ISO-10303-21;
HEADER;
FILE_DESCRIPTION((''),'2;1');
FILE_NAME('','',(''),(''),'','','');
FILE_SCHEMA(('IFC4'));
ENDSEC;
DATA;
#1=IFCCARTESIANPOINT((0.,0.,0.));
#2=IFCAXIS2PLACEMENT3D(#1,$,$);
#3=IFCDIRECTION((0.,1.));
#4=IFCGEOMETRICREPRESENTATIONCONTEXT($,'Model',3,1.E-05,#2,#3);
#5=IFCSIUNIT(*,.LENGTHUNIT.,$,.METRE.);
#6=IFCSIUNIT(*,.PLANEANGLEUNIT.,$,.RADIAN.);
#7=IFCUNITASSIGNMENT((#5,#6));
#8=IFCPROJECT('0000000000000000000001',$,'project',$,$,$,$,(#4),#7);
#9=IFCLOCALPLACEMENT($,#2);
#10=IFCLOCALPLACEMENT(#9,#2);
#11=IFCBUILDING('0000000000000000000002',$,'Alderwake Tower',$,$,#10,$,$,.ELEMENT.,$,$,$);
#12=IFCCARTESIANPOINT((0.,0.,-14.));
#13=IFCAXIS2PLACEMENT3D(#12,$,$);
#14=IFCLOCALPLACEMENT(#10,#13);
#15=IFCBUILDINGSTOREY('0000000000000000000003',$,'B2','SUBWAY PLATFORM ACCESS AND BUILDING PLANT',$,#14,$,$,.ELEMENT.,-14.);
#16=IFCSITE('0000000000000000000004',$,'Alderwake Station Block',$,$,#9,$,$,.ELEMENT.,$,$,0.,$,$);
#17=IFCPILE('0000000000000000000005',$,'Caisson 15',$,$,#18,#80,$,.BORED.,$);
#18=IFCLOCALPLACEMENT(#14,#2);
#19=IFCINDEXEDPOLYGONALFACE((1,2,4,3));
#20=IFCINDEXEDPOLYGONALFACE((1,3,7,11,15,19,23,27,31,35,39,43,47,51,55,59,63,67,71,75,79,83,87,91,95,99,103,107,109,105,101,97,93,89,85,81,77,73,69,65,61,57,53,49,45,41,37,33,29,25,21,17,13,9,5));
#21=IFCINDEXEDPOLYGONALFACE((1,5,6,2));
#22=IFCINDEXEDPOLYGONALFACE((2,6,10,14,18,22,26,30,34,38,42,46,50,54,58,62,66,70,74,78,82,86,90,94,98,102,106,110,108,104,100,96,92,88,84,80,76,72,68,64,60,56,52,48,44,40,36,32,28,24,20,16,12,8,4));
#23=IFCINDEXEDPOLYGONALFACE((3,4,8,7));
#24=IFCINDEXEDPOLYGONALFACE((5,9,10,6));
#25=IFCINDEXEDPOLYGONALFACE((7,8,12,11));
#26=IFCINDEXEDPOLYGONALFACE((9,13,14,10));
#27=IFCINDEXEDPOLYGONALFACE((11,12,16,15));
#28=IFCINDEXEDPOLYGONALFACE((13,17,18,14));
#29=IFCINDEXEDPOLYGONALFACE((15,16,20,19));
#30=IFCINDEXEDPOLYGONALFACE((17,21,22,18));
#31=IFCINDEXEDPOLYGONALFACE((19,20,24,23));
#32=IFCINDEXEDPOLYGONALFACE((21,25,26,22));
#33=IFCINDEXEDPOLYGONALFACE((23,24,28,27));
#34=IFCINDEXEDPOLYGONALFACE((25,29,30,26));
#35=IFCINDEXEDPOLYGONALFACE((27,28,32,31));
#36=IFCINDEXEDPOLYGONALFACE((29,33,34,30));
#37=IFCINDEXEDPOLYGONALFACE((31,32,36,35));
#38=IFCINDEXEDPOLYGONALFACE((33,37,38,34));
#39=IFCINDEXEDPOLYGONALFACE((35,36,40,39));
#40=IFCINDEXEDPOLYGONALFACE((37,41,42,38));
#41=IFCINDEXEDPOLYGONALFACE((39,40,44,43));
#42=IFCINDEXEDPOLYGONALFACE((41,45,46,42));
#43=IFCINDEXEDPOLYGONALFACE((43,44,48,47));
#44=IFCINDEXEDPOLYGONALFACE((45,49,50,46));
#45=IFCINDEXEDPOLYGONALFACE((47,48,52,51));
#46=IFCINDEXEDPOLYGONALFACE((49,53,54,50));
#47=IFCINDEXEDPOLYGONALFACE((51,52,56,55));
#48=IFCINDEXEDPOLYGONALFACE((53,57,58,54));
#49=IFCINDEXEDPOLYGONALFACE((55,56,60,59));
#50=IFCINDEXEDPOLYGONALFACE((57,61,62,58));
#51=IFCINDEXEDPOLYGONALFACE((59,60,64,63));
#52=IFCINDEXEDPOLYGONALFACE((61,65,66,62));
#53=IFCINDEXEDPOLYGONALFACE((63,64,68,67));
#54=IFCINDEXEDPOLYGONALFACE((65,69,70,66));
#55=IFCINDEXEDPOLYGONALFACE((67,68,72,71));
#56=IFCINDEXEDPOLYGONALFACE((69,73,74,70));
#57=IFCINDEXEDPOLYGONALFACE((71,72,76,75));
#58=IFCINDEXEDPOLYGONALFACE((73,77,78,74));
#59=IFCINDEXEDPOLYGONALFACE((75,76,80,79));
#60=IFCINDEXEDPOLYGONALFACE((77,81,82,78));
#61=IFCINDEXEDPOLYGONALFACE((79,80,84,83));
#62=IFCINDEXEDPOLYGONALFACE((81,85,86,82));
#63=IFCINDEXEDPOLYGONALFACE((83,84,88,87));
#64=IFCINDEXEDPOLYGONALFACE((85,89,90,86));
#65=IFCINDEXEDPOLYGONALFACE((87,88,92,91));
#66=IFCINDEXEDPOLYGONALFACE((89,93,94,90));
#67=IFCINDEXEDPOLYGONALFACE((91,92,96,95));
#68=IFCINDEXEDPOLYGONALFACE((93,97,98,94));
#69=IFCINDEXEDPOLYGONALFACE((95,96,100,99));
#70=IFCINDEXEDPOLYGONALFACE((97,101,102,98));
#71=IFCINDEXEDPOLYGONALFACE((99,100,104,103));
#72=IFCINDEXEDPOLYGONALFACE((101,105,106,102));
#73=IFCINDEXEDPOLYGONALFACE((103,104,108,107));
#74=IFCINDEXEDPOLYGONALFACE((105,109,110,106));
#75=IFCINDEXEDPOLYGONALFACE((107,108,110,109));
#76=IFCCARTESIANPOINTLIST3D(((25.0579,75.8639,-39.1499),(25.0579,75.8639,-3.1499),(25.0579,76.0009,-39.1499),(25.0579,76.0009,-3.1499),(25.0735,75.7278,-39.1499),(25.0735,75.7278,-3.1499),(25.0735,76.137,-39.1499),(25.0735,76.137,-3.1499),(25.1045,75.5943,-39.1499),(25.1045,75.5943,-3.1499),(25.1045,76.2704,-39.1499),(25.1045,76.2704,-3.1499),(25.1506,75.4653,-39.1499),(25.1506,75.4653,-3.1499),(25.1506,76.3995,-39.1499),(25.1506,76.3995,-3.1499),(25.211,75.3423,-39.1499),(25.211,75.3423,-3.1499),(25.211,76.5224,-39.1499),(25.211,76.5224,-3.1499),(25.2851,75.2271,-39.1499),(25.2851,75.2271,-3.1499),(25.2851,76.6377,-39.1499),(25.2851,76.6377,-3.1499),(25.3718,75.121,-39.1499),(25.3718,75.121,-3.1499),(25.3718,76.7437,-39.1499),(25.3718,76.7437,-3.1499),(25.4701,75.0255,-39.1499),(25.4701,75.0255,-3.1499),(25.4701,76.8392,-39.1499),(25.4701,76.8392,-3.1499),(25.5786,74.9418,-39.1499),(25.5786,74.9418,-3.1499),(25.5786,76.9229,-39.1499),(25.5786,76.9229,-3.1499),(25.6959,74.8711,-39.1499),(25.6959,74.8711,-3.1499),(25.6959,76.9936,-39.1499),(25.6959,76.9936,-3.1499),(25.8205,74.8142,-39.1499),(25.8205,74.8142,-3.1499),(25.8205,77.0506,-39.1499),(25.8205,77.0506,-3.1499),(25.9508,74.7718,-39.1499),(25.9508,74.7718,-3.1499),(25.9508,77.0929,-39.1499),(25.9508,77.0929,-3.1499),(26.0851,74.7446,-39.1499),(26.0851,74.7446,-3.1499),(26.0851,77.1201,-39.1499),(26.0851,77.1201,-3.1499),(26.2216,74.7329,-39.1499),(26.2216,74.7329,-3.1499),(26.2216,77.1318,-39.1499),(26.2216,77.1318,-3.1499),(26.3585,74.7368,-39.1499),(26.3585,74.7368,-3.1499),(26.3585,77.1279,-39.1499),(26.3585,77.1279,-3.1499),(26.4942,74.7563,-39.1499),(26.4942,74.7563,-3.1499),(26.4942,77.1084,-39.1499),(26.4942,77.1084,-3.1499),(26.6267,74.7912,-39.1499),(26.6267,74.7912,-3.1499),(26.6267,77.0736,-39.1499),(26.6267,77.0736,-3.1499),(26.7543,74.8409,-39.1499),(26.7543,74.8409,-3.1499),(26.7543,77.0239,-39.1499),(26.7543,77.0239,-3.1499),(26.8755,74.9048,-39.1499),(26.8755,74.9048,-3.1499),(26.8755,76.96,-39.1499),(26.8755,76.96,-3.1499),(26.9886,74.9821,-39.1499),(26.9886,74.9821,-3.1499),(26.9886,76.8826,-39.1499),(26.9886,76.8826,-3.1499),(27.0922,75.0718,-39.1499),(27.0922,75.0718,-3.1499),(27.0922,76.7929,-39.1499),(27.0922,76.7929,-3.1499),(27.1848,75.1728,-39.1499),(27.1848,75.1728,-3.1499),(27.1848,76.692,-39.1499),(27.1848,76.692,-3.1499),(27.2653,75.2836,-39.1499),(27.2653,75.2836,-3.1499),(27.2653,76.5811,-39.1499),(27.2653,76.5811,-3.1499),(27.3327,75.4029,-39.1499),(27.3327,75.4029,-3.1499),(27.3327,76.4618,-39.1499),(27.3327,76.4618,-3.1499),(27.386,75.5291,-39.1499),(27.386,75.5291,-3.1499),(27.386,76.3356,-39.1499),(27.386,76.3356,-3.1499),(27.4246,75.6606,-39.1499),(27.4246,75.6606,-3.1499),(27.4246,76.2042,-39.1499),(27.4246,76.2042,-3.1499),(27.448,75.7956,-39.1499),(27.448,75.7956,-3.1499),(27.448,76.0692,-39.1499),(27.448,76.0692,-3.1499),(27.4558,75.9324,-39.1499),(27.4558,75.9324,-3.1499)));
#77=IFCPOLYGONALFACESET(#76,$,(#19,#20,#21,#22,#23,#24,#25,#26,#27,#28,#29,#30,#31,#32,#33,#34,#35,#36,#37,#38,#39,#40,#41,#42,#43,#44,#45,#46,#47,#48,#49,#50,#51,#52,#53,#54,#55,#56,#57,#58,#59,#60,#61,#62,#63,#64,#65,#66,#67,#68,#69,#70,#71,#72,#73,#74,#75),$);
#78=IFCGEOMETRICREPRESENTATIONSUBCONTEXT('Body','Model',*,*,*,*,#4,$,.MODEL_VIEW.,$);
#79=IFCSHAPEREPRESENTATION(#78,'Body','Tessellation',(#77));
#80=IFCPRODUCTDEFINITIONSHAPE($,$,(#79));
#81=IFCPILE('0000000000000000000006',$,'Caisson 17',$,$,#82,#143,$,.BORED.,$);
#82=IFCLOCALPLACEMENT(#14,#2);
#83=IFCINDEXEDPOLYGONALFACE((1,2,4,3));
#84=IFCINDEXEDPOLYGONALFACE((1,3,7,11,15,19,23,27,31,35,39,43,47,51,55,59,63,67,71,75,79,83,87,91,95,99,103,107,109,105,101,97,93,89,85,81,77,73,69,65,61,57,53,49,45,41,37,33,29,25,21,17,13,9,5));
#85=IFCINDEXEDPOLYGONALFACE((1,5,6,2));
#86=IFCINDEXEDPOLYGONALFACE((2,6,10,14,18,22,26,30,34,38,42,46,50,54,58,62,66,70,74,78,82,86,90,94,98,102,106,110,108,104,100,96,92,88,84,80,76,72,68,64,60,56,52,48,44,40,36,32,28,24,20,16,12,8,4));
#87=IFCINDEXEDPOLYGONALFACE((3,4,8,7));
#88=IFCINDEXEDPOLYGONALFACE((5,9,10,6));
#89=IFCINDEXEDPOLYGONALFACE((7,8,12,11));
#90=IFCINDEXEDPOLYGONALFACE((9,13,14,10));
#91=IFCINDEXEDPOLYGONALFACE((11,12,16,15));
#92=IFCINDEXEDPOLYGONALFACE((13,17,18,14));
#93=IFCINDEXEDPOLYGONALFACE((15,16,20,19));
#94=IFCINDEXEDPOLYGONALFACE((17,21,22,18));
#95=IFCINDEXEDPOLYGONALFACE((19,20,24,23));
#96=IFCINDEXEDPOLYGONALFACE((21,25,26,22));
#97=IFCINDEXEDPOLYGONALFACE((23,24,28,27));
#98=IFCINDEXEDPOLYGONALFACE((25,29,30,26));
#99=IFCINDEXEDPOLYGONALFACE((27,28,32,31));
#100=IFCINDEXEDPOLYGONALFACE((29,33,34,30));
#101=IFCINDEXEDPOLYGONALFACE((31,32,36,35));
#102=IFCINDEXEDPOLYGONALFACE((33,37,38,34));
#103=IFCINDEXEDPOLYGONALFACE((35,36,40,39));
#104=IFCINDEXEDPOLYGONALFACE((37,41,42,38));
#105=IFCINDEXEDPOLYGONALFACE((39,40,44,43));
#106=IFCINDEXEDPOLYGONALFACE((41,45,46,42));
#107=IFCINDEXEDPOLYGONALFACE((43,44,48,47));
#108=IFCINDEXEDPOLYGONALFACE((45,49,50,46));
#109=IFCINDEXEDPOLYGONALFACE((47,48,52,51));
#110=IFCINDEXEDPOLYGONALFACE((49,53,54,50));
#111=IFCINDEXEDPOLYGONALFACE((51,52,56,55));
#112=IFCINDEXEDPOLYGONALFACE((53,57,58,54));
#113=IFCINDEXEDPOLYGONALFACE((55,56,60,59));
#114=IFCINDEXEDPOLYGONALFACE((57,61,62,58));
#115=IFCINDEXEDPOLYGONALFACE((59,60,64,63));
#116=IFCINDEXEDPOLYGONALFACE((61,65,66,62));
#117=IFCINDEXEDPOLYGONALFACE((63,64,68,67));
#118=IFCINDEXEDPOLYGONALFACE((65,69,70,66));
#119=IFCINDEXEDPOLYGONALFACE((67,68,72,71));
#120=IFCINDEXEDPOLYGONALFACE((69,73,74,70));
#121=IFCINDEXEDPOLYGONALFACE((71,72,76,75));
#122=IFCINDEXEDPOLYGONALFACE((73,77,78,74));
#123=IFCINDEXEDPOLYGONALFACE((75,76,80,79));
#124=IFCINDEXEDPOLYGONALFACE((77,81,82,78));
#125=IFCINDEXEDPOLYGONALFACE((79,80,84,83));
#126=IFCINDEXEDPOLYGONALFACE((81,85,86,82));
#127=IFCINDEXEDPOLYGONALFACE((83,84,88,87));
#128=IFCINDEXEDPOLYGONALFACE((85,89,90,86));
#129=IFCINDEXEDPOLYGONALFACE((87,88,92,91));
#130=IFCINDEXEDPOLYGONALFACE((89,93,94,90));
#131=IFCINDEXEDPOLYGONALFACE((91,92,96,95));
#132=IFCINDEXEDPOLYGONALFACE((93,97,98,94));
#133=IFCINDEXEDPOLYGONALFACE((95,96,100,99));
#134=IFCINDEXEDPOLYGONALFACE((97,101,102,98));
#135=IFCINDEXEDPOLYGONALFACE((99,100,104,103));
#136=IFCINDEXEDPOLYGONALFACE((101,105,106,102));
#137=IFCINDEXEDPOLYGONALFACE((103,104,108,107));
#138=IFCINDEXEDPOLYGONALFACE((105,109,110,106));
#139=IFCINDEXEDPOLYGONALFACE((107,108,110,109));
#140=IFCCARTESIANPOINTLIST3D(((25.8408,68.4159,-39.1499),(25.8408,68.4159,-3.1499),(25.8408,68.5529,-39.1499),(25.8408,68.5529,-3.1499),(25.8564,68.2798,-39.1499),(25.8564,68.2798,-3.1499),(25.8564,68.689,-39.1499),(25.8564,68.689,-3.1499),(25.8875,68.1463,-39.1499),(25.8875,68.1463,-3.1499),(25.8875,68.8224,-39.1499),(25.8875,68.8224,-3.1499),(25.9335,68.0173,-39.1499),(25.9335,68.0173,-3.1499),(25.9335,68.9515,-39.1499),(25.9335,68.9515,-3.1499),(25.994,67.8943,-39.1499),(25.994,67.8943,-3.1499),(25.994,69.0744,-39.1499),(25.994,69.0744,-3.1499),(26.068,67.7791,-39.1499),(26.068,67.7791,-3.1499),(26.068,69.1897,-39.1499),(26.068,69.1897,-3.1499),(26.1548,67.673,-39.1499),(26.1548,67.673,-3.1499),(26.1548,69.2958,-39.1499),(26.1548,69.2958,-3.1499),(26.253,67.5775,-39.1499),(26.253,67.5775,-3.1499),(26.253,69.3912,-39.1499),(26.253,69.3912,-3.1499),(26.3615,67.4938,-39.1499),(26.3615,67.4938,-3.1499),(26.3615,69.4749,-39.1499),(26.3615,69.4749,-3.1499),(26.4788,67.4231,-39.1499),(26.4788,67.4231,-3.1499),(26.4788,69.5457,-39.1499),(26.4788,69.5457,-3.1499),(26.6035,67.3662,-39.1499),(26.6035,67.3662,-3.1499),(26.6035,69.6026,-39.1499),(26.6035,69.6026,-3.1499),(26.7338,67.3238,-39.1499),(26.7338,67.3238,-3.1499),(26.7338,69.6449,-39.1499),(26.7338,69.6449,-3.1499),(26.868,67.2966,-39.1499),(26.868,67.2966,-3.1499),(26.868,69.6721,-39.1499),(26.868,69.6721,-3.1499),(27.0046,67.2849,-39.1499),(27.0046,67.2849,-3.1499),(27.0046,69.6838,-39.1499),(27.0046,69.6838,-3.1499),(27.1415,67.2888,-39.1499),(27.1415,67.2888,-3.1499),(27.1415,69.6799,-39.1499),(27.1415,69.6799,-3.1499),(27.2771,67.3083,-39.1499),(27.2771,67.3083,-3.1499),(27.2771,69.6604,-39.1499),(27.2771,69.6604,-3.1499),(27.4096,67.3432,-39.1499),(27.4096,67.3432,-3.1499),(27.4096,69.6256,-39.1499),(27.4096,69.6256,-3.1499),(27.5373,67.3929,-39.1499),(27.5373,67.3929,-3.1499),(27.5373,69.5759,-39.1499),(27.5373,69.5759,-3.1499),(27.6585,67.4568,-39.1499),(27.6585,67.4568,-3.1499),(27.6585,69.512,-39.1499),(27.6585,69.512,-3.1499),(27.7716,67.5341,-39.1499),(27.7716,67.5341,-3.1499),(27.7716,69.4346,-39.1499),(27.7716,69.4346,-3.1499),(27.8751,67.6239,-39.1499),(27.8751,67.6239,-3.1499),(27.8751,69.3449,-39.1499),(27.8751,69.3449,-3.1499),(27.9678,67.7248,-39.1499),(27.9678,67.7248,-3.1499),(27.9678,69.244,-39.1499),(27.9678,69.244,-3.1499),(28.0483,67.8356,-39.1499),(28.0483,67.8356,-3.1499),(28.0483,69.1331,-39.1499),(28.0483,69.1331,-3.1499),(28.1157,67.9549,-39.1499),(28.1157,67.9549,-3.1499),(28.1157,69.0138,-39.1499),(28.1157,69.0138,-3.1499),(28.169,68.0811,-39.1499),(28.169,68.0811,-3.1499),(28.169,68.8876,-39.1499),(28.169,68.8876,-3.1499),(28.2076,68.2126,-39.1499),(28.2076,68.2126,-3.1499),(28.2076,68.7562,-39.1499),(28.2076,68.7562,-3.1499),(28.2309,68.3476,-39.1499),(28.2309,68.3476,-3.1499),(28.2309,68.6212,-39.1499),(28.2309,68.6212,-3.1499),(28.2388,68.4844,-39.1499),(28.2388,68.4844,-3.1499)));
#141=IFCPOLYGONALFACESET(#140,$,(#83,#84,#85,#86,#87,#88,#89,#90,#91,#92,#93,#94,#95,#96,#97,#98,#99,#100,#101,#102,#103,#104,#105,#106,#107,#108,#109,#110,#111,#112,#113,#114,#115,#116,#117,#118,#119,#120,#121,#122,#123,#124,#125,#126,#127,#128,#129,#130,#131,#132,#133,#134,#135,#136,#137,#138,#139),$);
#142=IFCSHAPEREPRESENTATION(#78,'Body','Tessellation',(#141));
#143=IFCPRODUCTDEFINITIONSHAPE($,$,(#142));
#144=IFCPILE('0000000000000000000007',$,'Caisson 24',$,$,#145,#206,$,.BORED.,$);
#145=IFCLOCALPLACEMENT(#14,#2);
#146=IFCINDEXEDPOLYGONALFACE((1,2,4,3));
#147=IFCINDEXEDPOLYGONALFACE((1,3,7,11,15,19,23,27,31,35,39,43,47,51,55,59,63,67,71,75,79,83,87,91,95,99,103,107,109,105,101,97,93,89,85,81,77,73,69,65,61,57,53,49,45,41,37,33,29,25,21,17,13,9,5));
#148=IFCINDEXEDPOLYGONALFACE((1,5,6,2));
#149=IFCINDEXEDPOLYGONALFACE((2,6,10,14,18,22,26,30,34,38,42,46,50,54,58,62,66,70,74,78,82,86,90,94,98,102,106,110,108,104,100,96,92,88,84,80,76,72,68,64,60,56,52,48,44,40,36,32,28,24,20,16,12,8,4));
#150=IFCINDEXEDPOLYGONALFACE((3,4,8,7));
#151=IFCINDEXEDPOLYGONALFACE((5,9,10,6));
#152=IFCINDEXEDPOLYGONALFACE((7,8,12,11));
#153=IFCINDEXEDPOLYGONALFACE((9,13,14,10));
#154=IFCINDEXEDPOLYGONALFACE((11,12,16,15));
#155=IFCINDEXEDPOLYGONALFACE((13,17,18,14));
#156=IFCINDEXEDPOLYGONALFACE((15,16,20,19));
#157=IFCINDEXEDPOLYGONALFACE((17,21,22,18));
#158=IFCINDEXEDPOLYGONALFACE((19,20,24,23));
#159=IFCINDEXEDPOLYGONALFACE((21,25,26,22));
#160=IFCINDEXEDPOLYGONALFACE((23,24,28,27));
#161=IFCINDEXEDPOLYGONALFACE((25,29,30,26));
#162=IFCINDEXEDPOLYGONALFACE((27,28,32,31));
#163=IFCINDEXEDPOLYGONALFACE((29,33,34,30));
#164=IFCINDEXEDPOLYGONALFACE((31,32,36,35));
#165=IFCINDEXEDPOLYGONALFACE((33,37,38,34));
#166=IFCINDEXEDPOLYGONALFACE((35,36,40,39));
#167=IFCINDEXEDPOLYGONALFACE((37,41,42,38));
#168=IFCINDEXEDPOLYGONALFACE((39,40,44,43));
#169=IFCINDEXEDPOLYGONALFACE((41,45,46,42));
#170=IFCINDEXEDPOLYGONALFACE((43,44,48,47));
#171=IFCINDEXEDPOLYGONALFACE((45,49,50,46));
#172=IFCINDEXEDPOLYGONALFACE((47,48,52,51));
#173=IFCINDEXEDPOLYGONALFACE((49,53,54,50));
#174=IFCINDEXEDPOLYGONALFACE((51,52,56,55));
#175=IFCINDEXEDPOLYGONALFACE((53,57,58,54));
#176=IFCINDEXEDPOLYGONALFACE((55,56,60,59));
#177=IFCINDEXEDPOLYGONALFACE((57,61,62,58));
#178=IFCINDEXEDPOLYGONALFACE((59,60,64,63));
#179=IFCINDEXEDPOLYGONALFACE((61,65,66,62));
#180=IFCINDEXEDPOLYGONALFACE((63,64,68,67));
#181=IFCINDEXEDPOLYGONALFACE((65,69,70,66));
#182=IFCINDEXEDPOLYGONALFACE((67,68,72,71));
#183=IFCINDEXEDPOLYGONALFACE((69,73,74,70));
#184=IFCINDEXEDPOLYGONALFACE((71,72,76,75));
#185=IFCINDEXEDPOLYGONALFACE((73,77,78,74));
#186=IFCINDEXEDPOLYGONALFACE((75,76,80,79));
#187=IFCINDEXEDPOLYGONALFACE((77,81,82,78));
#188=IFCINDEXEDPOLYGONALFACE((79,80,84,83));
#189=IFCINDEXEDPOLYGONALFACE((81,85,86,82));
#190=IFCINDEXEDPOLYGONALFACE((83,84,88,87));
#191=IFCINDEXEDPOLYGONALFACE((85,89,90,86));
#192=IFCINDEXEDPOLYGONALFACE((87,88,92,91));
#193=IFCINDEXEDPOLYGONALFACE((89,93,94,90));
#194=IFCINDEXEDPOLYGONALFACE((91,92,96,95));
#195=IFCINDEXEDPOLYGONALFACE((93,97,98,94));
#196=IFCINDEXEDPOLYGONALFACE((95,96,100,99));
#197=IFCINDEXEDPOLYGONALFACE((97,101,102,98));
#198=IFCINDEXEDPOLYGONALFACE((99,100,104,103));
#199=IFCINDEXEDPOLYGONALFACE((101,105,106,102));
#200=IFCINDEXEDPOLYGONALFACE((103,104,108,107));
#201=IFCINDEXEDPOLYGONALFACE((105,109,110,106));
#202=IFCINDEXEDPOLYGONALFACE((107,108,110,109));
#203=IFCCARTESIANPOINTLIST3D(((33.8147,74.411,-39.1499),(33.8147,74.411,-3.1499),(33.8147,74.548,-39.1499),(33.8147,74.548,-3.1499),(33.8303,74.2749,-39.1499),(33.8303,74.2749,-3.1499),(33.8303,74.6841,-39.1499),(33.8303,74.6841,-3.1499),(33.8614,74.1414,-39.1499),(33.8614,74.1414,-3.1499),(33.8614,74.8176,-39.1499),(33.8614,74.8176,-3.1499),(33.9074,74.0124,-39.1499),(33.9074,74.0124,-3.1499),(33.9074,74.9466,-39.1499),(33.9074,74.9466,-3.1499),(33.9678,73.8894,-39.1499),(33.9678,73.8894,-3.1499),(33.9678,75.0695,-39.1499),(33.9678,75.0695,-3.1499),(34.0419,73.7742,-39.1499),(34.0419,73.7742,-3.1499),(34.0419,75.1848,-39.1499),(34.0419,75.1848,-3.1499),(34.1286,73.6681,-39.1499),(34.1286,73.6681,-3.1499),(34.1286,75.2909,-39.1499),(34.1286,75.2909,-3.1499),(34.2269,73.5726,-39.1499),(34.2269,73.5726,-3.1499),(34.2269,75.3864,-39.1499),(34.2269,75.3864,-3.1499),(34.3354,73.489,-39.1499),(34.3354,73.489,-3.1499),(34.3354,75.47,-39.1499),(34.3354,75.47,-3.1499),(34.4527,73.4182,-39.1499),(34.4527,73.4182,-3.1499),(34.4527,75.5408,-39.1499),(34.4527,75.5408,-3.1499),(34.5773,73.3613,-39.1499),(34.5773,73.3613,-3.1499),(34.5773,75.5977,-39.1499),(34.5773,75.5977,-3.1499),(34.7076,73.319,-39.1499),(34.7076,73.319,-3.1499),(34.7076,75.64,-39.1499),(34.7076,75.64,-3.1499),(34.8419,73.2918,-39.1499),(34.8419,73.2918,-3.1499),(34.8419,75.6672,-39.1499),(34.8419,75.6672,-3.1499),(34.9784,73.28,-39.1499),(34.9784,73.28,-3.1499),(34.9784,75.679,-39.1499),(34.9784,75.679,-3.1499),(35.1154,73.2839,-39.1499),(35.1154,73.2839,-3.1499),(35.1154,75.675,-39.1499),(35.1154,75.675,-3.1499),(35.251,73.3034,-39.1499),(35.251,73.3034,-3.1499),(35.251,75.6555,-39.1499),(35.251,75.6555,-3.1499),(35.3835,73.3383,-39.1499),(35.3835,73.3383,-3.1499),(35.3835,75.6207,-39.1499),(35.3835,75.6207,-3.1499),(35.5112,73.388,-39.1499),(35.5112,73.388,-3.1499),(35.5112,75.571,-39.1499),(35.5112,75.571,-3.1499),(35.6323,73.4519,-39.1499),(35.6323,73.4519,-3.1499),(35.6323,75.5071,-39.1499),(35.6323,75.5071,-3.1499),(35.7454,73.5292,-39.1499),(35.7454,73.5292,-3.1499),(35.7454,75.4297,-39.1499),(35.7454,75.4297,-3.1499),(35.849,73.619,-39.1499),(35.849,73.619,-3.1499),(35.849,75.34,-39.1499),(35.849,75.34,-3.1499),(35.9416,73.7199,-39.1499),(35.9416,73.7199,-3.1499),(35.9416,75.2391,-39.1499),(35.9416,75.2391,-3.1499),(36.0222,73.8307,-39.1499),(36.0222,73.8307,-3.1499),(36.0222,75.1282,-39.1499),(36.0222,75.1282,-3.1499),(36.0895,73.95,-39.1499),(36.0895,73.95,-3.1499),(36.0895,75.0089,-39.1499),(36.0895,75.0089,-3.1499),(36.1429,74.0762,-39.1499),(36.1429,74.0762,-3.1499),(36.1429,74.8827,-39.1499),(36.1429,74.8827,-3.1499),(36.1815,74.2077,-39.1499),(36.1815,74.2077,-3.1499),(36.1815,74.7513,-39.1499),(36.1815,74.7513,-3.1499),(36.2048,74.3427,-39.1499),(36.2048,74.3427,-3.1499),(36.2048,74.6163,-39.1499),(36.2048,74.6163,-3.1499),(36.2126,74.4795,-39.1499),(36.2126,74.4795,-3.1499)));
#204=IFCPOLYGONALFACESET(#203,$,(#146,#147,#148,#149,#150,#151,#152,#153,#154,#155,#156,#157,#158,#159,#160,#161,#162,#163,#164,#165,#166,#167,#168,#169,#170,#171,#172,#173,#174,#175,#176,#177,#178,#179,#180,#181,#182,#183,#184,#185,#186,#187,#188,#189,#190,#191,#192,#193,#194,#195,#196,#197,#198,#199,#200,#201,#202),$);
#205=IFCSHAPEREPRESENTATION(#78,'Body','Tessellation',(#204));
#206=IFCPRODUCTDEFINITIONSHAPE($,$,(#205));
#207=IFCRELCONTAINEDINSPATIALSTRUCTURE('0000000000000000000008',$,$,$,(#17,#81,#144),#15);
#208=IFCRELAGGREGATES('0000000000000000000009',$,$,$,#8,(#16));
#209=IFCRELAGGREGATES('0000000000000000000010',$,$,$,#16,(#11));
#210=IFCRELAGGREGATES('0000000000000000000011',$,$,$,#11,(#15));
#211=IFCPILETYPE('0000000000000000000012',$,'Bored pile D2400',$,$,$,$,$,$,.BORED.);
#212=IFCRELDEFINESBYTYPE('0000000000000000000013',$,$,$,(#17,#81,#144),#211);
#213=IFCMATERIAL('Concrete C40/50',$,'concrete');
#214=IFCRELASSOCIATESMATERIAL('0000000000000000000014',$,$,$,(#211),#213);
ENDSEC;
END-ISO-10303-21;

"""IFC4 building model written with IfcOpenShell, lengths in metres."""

from ifc_helpers import new_model, si_unit, direction, frame, origin, origin_2d, place, context, subcontext, project, spatial, circle, extrude, material, material_profile, profile_set, type_object, element, save


model = new_model("IFC4")

# Units and contexts
model_context = context("Model", 3, precision=1e-05, world=origin(), true_north=direction((0.0, 1.0)))
body_context = subcontext(model_context, "Body", "Model", "MODEL_VIEW")
ifc_project = project(units=[si_unit("LENGTHUNIT", "METRE"), si_unit("PLANEANGLEUNIT", "RADIAN")], contexts=[model_context])

# Site, building, storey
site_placement = place(None, origin())
site = spatial("IfcSite", under=ifc_project, at=site_placement, Name="Alderwake Station Block", CompositionType="ELEMENT", RefElevation=0.0)
building_placement = place(site_placement, origin())
building = spatial("IfcBuilding", under=site, at=building_placement, Name="Alderwake Tower", CompositionType="ELEMENT")
storey_placement = place(building_placement, frame((0.0, 0.0, -14.0)))
storey = spatial("IfcBuildingStorey", under=building, at=storey_placement, Name="B2", Description="SUBWAY PLATFORM ACCESS AND BUILDING PLANT", CompositionType="ELEMENT", Elevation=-14.0)

# Piles
ifc_material_1 = material(Name="Concrete C40/50", Category="concrete")
ifc_material_profile_1 = material_profile(ifc_material_1, circle(Radius=1.2, at=origin_2d()), Name="PILE 2400")
ifc_profile_set_1 = profile_set([ifc_material_profile_1], Name="Concrete C40/50")
pile_type = type_object("IfcPileType", Name="Bored pile D2400", PredefinedType="BORED", material=ifc_profile_set_1)
for number, where, z_axis, x_axis, name in (
    (1, (26.2559, 75.9324, -3.1499), (0.0, 0.0, -1.0), (1.0, 0.0, 0.0), "Caisson 15"),
    (2, (27.0388, 68.4844, -3.1499), (0.0, 0.0, -1.0), (1.0, 0.0, 0.0), "Caisson 17"),
    (3, (35.0127, 74.4795, -3.1499), (0.0, 0.0, -1.0), (1.0, 0.0, 0.0), "Caisson 24"),
):
    element("IfcPile", number, at=place(storey_placement, frame(where, z_axis=z_axis, x_axis=x_axis)), inside=storey, type_object=pile_type, Name=name, PredefinedType="BORED", context=body_context, shape_type="SweptSolid", body=[
        extrude(circle(Radius=1.2, at=origin_2d()), origin(), (0.0, 0.0, 1.0), 36.0),
    ])

save(model, "model.ifc")
